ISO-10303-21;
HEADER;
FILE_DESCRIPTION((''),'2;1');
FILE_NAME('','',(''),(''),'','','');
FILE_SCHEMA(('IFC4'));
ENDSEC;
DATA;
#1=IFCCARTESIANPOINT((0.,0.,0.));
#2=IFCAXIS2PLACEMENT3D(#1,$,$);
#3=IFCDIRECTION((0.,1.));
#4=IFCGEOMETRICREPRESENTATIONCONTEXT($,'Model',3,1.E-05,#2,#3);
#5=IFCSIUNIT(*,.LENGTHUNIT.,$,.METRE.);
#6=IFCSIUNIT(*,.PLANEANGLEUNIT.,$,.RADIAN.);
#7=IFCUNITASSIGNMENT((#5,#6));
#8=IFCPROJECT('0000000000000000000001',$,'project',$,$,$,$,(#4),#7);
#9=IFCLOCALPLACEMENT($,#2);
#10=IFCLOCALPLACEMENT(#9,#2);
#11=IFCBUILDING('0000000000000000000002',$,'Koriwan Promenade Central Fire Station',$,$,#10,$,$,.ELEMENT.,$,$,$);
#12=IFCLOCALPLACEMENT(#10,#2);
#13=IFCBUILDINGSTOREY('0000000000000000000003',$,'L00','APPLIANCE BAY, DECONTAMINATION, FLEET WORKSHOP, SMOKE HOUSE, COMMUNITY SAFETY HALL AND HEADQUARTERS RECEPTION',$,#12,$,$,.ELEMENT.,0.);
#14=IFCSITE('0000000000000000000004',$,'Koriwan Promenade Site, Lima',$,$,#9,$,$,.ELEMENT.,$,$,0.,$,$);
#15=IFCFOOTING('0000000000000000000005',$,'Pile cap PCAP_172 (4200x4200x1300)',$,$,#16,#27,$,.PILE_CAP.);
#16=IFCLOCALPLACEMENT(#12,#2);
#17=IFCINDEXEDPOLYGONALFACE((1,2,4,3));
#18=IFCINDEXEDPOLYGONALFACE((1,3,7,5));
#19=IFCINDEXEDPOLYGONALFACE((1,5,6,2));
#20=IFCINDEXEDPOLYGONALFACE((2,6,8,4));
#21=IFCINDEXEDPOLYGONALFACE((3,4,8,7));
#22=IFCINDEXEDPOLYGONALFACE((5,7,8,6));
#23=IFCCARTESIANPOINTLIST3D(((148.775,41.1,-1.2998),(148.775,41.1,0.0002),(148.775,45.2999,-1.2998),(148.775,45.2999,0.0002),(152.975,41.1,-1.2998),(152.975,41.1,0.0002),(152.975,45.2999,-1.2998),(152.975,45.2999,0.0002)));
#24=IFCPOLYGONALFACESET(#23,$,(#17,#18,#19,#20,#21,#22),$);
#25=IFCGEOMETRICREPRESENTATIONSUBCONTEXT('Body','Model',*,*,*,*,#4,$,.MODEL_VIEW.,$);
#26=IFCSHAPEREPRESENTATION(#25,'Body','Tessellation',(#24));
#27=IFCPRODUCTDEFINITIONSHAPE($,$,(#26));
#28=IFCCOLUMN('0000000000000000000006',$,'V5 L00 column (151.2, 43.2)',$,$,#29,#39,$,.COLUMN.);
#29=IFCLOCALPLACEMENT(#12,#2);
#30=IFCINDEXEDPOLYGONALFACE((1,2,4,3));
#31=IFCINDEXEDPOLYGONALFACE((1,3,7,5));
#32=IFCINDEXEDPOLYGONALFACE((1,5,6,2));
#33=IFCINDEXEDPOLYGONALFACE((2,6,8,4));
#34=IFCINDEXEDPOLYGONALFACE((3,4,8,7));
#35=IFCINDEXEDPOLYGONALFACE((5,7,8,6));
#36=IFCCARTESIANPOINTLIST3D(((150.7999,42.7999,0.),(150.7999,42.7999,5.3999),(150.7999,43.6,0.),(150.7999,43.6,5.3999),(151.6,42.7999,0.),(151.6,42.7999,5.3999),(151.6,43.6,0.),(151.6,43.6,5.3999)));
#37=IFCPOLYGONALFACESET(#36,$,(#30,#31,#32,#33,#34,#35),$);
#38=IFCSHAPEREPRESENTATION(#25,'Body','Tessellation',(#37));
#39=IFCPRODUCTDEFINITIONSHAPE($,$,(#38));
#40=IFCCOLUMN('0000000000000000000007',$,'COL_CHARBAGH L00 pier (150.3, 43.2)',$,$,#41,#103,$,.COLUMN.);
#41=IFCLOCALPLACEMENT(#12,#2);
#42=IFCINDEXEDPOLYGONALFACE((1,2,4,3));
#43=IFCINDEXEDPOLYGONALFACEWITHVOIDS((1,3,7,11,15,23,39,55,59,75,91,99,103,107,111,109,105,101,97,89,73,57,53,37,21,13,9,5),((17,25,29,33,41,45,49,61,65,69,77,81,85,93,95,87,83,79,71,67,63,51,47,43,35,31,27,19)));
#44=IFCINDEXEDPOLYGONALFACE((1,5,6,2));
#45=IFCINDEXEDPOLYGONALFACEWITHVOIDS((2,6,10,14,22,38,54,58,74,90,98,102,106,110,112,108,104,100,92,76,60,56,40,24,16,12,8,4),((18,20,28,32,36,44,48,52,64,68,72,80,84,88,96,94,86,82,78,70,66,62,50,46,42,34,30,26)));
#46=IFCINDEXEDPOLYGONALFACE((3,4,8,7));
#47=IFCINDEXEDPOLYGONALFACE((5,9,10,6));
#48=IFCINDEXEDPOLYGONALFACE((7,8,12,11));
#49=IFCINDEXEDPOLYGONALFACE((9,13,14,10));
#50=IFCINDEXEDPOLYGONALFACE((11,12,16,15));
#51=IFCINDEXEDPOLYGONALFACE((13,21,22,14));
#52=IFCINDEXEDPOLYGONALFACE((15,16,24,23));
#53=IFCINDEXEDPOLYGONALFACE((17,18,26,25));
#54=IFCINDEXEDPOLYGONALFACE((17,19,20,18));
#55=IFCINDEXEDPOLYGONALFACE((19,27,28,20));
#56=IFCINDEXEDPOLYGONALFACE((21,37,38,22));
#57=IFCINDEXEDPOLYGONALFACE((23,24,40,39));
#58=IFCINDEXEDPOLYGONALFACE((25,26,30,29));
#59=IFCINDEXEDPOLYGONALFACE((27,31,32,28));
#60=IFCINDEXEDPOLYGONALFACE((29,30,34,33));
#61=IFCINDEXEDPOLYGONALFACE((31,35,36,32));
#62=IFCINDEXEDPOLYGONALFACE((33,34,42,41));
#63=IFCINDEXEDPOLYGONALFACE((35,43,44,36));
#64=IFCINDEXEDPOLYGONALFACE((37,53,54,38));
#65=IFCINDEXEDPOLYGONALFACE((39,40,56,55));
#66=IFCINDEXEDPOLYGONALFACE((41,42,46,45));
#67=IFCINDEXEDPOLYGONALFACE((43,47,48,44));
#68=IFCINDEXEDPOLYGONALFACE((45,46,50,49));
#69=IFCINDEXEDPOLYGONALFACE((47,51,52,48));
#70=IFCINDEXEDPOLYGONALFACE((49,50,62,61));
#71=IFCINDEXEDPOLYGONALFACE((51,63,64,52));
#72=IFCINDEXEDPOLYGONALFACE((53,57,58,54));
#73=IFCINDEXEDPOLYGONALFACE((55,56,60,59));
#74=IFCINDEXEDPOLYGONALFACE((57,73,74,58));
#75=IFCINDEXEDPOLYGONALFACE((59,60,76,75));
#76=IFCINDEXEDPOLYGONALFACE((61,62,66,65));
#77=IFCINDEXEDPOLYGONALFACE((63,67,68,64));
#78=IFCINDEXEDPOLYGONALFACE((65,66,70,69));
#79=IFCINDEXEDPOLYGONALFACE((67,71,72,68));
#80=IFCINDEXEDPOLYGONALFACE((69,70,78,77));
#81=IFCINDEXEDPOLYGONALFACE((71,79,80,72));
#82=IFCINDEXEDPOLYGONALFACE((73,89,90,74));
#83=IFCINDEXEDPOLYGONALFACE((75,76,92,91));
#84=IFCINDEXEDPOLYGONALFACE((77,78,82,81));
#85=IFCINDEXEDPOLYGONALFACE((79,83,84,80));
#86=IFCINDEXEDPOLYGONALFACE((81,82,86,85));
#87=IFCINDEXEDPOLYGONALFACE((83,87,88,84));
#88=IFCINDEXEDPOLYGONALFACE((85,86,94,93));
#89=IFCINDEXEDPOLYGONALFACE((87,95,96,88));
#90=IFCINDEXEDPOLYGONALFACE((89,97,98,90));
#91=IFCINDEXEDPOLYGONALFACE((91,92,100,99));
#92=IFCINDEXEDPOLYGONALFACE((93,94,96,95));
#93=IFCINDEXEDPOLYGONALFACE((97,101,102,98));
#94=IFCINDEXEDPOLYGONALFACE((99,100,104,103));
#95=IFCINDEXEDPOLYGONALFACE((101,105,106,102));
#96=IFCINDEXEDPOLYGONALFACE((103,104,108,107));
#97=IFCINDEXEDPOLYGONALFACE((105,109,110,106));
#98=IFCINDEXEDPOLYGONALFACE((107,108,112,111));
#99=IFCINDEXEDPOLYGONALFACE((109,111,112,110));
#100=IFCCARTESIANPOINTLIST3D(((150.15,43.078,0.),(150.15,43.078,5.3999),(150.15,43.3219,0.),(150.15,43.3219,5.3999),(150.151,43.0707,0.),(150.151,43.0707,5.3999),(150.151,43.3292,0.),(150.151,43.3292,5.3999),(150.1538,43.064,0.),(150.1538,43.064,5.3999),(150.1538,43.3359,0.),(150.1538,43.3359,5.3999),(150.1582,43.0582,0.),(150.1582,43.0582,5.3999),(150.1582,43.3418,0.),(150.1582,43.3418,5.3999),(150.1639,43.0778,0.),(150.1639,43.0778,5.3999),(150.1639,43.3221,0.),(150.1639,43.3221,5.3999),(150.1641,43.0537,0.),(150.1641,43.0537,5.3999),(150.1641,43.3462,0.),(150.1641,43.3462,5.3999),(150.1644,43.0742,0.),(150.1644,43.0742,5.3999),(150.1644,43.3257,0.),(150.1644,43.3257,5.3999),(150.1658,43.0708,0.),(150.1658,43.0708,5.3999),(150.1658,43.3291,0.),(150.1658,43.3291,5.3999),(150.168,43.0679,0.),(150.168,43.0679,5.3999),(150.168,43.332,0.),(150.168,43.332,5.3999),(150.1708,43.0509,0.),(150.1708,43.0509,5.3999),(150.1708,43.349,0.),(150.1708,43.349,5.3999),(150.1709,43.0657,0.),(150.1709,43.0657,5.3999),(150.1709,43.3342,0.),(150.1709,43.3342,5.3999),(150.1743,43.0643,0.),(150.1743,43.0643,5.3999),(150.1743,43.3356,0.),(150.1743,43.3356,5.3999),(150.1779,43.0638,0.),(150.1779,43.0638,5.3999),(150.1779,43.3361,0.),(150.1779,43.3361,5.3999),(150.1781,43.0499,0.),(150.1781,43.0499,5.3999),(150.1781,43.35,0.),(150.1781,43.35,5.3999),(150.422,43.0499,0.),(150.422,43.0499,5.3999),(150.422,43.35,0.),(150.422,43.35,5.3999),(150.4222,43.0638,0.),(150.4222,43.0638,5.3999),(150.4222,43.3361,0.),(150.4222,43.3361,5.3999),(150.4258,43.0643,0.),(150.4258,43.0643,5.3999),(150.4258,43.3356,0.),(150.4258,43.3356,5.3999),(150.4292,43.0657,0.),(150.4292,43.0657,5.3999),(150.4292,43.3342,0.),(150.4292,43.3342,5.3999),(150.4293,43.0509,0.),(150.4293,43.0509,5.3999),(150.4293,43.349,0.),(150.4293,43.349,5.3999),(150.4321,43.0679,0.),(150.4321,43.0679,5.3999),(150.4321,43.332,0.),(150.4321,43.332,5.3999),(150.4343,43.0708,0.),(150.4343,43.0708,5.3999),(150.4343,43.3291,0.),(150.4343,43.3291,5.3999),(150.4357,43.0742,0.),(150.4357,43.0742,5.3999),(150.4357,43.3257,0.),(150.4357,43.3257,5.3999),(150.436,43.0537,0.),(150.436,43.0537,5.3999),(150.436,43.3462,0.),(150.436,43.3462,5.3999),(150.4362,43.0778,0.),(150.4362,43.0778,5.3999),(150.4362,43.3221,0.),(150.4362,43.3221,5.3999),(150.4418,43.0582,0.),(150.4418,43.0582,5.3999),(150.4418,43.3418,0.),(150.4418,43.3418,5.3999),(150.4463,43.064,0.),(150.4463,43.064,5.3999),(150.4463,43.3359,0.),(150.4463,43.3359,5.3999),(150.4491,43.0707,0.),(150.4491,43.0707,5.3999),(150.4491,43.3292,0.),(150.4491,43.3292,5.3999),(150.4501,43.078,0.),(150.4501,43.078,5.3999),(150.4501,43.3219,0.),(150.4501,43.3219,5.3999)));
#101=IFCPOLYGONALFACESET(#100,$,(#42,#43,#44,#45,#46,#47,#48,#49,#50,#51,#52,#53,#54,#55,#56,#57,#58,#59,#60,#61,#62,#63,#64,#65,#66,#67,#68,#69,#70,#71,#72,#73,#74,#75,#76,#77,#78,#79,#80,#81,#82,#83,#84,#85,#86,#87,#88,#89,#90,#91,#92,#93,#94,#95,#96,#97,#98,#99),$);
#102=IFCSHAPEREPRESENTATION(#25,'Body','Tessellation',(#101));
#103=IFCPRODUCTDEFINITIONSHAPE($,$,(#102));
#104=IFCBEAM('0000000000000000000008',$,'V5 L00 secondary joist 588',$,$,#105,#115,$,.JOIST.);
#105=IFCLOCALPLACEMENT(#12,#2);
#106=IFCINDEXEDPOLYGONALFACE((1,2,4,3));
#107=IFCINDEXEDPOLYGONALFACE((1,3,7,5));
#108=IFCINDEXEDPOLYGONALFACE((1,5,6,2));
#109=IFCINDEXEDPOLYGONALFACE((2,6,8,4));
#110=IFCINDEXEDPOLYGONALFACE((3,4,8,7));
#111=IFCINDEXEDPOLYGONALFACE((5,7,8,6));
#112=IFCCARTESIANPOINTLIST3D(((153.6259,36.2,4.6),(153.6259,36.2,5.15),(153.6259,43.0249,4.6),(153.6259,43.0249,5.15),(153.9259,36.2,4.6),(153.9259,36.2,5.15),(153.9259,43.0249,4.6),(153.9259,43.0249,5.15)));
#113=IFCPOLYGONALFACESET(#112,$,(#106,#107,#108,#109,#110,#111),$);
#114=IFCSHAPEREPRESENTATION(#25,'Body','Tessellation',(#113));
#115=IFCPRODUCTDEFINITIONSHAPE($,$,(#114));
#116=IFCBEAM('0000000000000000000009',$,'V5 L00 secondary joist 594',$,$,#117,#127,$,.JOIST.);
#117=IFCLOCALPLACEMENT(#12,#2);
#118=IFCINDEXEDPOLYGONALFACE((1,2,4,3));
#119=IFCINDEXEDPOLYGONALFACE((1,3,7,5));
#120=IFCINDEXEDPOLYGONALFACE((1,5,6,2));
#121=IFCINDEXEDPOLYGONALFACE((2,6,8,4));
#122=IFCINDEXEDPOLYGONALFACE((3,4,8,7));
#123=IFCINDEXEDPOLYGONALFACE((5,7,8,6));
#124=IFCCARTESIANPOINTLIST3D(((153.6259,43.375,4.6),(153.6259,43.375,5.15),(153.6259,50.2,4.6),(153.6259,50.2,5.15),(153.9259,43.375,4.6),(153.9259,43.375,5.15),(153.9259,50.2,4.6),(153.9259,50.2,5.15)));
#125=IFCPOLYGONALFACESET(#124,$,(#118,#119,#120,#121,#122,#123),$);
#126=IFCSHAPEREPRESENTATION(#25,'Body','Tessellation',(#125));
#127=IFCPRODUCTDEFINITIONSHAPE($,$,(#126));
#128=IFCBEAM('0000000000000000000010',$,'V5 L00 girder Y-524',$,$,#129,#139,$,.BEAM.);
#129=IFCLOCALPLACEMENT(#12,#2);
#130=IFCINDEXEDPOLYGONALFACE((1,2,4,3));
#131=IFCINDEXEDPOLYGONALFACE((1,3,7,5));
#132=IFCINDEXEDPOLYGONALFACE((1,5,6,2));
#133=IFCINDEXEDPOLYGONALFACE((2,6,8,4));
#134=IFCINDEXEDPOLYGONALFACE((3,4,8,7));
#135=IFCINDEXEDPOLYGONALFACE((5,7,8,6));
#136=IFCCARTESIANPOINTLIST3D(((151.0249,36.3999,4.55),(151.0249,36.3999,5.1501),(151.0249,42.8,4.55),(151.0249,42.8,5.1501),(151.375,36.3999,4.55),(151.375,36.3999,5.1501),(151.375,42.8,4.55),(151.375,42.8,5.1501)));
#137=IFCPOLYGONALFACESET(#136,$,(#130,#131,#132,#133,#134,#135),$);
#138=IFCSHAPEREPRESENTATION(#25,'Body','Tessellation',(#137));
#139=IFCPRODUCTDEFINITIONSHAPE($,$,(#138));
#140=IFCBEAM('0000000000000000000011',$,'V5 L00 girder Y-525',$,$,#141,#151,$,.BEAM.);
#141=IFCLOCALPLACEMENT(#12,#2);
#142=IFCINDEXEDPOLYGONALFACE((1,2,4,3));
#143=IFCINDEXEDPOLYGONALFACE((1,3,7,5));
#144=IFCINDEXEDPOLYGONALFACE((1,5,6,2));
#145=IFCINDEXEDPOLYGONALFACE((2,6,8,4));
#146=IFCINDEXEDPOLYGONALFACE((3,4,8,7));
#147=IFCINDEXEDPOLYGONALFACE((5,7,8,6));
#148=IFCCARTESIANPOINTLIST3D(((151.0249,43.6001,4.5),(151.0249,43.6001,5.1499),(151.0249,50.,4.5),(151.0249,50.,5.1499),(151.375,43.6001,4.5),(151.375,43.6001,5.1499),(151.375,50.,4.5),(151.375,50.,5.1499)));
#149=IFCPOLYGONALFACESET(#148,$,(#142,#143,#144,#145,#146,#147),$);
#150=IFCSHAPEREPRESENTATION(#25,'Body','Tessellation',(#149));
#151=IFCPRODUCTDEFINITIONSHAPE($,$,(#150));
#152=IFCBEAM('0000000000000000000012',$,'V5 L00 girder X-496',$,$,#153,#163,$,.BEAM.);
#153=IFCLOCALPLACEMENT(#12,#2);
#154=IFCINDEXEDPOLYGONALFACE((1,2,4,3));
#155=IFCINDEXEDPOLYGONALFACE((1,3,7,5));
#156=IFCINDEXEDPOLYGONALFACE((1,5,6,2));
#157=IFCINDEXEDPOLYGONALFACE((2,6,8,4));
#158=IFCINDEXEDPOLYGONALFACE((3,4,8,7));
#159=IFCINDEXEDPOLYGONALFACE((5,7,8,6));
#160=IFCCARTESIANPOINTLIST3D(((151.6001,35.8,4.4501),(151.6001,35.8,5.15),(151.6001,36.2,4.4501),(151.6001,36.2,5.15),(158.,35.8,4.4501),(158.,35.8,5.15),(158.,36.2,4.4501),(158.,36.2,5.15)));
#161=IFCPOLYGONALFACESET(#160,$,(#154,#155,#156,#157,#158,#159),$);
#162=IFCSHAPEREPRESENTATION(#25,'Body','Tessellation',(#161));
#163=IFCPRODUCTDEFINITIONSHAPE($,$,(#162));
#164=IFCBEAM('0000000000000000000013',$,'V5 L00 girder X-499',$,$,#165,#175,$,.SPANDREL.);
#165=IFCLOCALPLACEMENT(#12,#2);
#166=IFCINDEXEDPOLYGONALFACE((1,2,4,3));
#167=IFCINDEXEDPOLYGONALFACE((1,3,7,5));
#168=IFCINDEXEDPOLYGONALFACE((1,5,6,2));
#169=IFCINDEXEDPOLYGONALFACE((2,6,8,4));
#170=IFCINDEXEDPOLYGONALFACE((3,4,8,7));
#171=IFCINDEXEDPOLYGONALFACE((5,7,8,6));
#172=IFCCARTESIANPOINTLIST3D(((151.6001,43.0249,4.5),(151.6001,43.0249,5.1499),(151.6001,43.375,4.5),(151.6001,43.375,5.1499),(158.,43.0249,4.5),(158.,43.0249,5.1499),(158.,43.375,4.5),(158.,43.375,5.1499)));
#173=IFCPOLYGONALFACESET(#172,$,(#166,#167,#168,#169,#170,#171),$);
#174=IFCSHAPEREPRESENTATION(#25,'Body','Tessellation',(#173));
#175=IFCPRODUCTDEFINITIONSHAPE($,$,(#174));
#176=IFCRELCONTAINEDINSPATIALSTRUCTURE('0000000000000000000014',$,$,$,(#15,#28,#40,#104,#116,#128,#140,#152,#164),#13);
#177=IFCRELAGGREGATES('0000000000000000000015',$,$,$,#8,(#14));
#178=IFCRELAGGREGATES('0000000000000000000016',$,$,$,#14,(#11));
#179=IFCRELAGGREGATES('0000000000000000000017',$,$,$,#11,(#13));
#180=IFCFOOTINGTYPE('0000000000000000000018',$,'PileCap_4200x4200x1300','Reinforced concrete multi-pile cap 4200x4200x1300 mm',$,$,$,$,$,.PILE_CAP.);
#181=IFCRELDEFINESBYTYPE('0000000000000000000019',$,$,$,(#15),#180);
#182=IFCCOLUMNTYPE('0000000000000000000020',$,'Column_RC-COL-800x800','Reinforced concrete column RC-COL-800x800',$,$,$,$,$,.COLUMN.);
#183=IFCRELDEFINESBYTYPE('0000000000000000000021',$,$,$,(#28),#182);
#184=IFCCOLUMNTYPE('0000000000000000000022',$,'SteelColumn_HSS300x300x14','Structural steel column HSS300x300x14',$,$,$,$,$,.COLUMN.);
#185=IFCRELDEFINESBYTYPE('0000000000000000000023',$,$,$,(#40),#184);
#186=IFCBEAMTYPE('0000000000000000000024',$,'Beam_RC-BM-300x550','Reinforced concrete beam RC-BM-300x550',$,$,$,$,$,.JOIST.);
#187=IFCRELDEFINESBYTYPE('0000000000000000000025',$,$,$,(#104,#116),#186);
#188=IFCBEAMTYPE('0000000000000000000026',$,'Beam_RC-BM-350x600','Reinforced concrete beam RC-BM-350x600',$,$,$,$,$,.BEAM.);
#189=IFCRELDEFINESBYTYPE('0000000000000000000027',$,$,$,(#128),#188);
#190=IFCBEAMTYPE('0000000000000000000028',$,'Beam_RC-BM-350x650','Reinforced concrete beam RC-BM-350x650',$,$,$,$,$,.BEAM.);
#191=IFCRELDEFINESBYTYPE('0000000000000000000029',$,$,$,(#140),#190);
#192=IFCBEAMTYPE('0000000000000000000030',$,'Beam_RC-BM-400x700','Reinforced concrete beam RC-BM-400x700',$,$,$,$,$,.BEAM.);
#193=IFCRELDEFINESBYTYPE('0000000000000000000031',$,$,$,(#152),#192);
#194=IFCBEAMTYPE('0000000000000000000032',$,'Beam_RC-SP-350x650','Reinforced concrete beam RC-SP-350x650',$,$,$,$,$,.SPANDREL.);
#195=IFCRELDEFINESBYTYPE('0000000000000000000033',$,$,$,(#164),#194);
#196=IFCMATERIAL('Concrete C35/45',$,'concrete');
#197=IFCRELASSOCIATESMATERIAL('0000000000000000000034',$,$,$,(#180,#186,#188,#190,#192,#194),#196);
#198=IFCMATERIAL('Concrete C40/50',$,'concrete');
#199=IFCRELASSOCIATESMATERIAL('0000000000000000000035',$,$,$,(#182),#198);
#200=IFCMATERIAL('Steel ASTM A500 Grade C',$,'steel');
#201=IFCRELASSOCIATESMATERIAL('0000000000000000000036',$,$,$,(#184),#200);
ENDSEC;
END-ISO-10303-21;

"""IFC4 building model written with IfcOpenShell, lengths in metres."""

from ifc_helpers import new_model, si_unit, direction, frame, origin, origin_2d, place, context, subcontext, project, spatial, rectangle, hollow_rectangle, extrude, material, material_profile, profile_set, type_object, element, save


model = new_model("IFC4")

# Units and contexts
model_context = context("Model", 3, precision=1e-05, world=origin(), true_north=direction((0.0, 1.0)))
body_context = subcontext(model_context, "Body", "Model", "MODEL_VIEW")
ifc_project = project(units=[si_unit("LENGTHUNIT", "METRE"), si_unit("PLANEANGLEUNIT", "RADIAN")], contexts=[model_context])

# Site, building, storey
site_placement = place(None, origin())
site = spatial("IfcSite", under=ifc_project, at=site_placement, Name="Koriwan Promenade Site, Lima", CompositionType="ELEMENT", RefElevation=0.0)
building_placement = place(site_placement, origin())
building = spatial("IfcBuilding", under=site, at=building_placement, Name="Koriwan Promenade Central Fire Station", CompositionType="ELEMENT")
storey_placement = place(building_placement, origin())
storey = spatial("IfcBuildingStorey", under=building, at=storey_placement, Name="L00", Description="APPLIANCE BAY, DECONTAMINATION, FLEET WORKSHOP, SMOKE HOUSE, COMMUNITY SAFETY HALL AND HEADQUARTERS RECEPTION", CompositionType="ELEMENT", Elevation=0.0)

# Shared definitions
ifc_material_1 = material(Name="Concrete C35/45", Category="concrete")

# Footing
footing_type_1 = type_object("IfcFootingType", Name="PileCap_4200x4200x1300", Description="Reinforced concrete multi-pile cap 4200x4200x1300 mm", PredefinedType="PILE_CAP", material=ifc_material_1)
footing_1_placement = place(storey_placement, frame((150.875, 43.2, -1.2998), z_axis=(0.0, 0.0, 1.0), x_axis=(1.0, 0.0, 0.0)))
element("IfcFooting", 1, at=footing_1_placement, inside=storey, type_object=footing_type_1, Name="Pile cap PCAP_172 (4200x4200x1300)", PredefinedType="PILE_CAP", context=body_context, shape_type="SweptSolid", body=[
    extrude(rectangle(XDim=4.2, YDim=4.2, at=origin_2d()), origin(), (0.0, 0.0, 1.0), 1.3),
])

# Columns
ifc_material_2 = material(Name="Concrete C40/50", Category="concrete")
ifc_material_profile_1 = material_profile(ifc_material_2, rectangle(XDim=0.8, YDim=0.8, at=origin_2d()), Name="RC-COL-800x800")
ifc_profile_set_1 = profile_set([ifc_material_profile_1], Name="Concrete C40/50")
column_type_1 = type_object("IfcColumnType", Name="Column_RC-COL-800x800", Description="Reinforced concrete column RC-COL-800x800", PredefinedType="COLUMN", material=ifc_profile_set_1)
column_1_placement = place(storey_placement, frame((151.2, 43.2, 0.0), z_axis=(0.0, 0.0, 1.0), x_axis=(1.0, 0.0, 0.0)))
element("IfcColumn", 2, at=column_1_placement, inside=storey, type_object=column_type_1, Name="V5 L00 column (151.2, 43.2)", PredefinedType="COLUMN", context=body_context, shape_type="SweptSolid", body=[
    extrude(rectangle(XDim=0.8, YDim=0.8, at=origin_2d()), origin(), (0.0, 0.0, 1.0), 5.3999),
])
ifc_material_3 = material(Name="Steel ASTM A500 Grade C", Category="steel")
ifc_material_profile_2 = material_profile(ifc_material_3, hollow_rectangle(XDim=0.3, YDim=0.3, WallThickness=0.0139, InnerFilletRadius=0.0139, OuterFilletRadius=0.0281, at=origin_2d()), Name="HSS300x300x14")
ifc_profile_set_2 = profile_set([ifc_material_profile_2], Name="Steel ASTM A500 Grade C")
column_type_2 = type_object("IfcColumnType", Name="SteelColumn_HSS300x300x14", Description="Structural steel column HSS300x300x14", PredefinedType="COLUMN", material=ifc_profile_set_2)
column_2_placement = place(storey_placement, frame((150.3, 43.2, 0.0), z_axis=(0.0, 0.0, 1.0), x_axis=(1.0, 0.0, 0.0)))
element("IfcColumn", 3, at=column_2_placement, inside=storey, type_object=column_type_2, Name="COL_CHARBAGH L00 pier (150.3, 43.2)", PredefinedType="COLUMN", context=body_context, shape_type="SweptSolid", body=[
    extrude(hollow_rectangle(XDim=0.3, YDim=0.3, WallThickness=0.0139, InnerFilletRadius=0.0139, OuterFilletRadius=0.0281, at=origin_2d()), origin(), (0.0, 0.0, 1.0), 5.3999),
])

# Beams
ifc_material_profile_3 = material_profile(ifc_material_1, rectangle(XDim=0.3, YDim=0.55, at=origin_2d()), Name="RC-BM-300x550")
ifc_profile_set_3 = profile_set([ifc_material_profile_3], Name="Concrete C35/45")
beam_type_1 = type_object("IfcBeamType", Name="Beam_RC-BM-300x550", Description="Reinforced concrete beam RC-BM-300x550", PredefinedType="JOIST", material=ifc_profile_set_3)
for number, where, z_axis, x_axis, name in (
    (4, (153.7759, 36.2, 4.875), (0.0, 1.0, 0.0), (-1.0, 0.0, 0.0), "V5 L00 secondary joist 588"),
    (5, (153.7759, 43.375, 4.875), (0.0, 1.0, 0.0), (-1.0, 0.0, 0.0), "V5 L00 secondary joist 594"),
):
    element("IfcBeam", number, at=place(storey_placement, frame(where, z_axis=z_axis, x_axis=x_axis)), inside=storey, type_object=beam_type_1, Name=name, PredefinedType="JOIST", context=body_context, shape_type="SweptSolid", body=[
        extrude(rectangle(XDim=0.3, YDim=0.55, at=origin_2d()), origin(), (0.0, 0.0, 1.0), 6.825),
    ])
ifc_material_profile_4 = material_profile(ifc_material_1, rectangle(XDim=0.3501, YDim=0.6001, at=origin_2d()), Name="RC-BM-350x600")
ifc_profile_set_4 = profile_set([ifc_material_profile_4], Name="Concrete C35/45")
beam_type_2 = type_object("IfcBeamType", Name="Beam_RC-BM-350x600", Description="Reinforced concrete beam RC-BM-350x600", PredefinedType="BEAM", material=ifc_profile_set_4)
beam_1_placement = place(storey_placement, frame((151.2, 36.3999, 4.8501), z_axis=(0.0, 1.0, 0.0), x_axis=(-1.0, 0.0, 0.0)))
element("IfcBeam", 6, at=beam_1_placement, inside=storey, type_object=beam_type_2, Name="V5 L00 girder Y-524", PredefinedType="BEAM", context=body_context, shape_type="SweptSolid", body=[
    extrude(rectangle(XDim=0.3501, YDim=0.6001, at=origin_2d()), origin(), (0.0, 0.0, 1.0), 6.4001),
])
ifc_material_profile_5 = material_profile(ifc_material_1, rectangle(XDim=0.3501, YDim=0.6499, at=origin_2d()), Name="RC-BM-350x650")
ifc_profile_set_5 = profile_set([ifc_material_profile_5], Name="Concrete C35/45")
beam_type_3 = type_object("IfcBeamType", Name="Beam_RC-BM-350x650", Description="Reinforced concrete beam RC-BM-350x650", PredefinedType="BEAM", material=ifc_profile_set_5)
beam_2_placement = place(storey_placement, frame((151.2, 43.6001, 4.825), z_axis=(0.0, 1.0, 0.0), x_axis=(-1.0, 0.0, 0.0)))
element("IfcBeam", 7, at=beam_2_placement, inside=storey, type_object=beam_type_3, Name="V5 L00 girder Y-525", PredefinedType="BEAM", context=body_context, shape_type="SweptSolid", body=[
    extrude(rectangle(XDim=0.3501, YDim=0.6499, at=origin_2d()), origin(), (0.0, 0.0, 1.0), 6.3999),
])
ifc_material_profile_6 = material_profile(ifc_material_1, rectangle(XDim=0.3999, YDim=0.7, at=origin_2d()), Name="RC-BM-400x700")
ifc_profile_set_6 = profile_set([ifc_material_profile_6], Name="Concrete C35/45")
beam_type_4 = type_object("IfcBeamType", Name="Beam_RC-BM-400x700", Description="Reinforced concrete beam RC-BM-400x700", PredefinedType="BEAM", material=ifc_profile_set_6)
beam_3_placement = place(storey_placement, frame((151.6001, 36.0, 4.8), z_axis=(1.0, 0.0, 0.0), x_axis=(0.0, 1.0, 0.0)))
element("IfcBeam", 8, at=beam_3_placement, inside=storey, type_object=beam_type_4, Name="V5 L00 girder X-496", PredefinedType="BEAM", context=body_context, shape_type="SweptSolid", body=[
    extrude(rectangle(XDim=0.3999, YDim=0.7, at=origin_2d()), origin(), (0.0, 0.0, 1.0), 6.3999),
])
ifc_material_profile_7 = material_profile(ifc_material_1, rectangle(XDim=0.3501, YDim=0.6499, at=origin_2d()), Name="RC-SP-350x650")
ifc_profile_set_7 = profile_set([ifc_material_profile_7], Name="Concrete C35/45")
beam_type_5 = type_object("IfcBeamType", Name="Beam_RC-SP-350x650", Description="Reinforced concrete beam RC-SP-350x650", PredefinedType="SPANDREL", material=ifc_profile_set_7)
beam_4_placement = place(storey_placement, frame((151.6001, 43.2, 4.825), z_axis=(1.0, 0.0, 0.0), x_axis=(0.0, 1.0, 0.0)))
element("IfcBeam", 9, at=beam_4_placement, inside=storey, type_object=beam_type_5, Name="V5 L00 girder X-499", PredefinedType="SPANDREL", context=body_context, shape_type="SweptSolid", body=[
    extrude(rectangle(XDim=0.3501, YDim=0.6499, at=origin_2d()), origin(), (0.0, 0.0, 1.0), 6.3999),
])

save(model, "model.ifc")
